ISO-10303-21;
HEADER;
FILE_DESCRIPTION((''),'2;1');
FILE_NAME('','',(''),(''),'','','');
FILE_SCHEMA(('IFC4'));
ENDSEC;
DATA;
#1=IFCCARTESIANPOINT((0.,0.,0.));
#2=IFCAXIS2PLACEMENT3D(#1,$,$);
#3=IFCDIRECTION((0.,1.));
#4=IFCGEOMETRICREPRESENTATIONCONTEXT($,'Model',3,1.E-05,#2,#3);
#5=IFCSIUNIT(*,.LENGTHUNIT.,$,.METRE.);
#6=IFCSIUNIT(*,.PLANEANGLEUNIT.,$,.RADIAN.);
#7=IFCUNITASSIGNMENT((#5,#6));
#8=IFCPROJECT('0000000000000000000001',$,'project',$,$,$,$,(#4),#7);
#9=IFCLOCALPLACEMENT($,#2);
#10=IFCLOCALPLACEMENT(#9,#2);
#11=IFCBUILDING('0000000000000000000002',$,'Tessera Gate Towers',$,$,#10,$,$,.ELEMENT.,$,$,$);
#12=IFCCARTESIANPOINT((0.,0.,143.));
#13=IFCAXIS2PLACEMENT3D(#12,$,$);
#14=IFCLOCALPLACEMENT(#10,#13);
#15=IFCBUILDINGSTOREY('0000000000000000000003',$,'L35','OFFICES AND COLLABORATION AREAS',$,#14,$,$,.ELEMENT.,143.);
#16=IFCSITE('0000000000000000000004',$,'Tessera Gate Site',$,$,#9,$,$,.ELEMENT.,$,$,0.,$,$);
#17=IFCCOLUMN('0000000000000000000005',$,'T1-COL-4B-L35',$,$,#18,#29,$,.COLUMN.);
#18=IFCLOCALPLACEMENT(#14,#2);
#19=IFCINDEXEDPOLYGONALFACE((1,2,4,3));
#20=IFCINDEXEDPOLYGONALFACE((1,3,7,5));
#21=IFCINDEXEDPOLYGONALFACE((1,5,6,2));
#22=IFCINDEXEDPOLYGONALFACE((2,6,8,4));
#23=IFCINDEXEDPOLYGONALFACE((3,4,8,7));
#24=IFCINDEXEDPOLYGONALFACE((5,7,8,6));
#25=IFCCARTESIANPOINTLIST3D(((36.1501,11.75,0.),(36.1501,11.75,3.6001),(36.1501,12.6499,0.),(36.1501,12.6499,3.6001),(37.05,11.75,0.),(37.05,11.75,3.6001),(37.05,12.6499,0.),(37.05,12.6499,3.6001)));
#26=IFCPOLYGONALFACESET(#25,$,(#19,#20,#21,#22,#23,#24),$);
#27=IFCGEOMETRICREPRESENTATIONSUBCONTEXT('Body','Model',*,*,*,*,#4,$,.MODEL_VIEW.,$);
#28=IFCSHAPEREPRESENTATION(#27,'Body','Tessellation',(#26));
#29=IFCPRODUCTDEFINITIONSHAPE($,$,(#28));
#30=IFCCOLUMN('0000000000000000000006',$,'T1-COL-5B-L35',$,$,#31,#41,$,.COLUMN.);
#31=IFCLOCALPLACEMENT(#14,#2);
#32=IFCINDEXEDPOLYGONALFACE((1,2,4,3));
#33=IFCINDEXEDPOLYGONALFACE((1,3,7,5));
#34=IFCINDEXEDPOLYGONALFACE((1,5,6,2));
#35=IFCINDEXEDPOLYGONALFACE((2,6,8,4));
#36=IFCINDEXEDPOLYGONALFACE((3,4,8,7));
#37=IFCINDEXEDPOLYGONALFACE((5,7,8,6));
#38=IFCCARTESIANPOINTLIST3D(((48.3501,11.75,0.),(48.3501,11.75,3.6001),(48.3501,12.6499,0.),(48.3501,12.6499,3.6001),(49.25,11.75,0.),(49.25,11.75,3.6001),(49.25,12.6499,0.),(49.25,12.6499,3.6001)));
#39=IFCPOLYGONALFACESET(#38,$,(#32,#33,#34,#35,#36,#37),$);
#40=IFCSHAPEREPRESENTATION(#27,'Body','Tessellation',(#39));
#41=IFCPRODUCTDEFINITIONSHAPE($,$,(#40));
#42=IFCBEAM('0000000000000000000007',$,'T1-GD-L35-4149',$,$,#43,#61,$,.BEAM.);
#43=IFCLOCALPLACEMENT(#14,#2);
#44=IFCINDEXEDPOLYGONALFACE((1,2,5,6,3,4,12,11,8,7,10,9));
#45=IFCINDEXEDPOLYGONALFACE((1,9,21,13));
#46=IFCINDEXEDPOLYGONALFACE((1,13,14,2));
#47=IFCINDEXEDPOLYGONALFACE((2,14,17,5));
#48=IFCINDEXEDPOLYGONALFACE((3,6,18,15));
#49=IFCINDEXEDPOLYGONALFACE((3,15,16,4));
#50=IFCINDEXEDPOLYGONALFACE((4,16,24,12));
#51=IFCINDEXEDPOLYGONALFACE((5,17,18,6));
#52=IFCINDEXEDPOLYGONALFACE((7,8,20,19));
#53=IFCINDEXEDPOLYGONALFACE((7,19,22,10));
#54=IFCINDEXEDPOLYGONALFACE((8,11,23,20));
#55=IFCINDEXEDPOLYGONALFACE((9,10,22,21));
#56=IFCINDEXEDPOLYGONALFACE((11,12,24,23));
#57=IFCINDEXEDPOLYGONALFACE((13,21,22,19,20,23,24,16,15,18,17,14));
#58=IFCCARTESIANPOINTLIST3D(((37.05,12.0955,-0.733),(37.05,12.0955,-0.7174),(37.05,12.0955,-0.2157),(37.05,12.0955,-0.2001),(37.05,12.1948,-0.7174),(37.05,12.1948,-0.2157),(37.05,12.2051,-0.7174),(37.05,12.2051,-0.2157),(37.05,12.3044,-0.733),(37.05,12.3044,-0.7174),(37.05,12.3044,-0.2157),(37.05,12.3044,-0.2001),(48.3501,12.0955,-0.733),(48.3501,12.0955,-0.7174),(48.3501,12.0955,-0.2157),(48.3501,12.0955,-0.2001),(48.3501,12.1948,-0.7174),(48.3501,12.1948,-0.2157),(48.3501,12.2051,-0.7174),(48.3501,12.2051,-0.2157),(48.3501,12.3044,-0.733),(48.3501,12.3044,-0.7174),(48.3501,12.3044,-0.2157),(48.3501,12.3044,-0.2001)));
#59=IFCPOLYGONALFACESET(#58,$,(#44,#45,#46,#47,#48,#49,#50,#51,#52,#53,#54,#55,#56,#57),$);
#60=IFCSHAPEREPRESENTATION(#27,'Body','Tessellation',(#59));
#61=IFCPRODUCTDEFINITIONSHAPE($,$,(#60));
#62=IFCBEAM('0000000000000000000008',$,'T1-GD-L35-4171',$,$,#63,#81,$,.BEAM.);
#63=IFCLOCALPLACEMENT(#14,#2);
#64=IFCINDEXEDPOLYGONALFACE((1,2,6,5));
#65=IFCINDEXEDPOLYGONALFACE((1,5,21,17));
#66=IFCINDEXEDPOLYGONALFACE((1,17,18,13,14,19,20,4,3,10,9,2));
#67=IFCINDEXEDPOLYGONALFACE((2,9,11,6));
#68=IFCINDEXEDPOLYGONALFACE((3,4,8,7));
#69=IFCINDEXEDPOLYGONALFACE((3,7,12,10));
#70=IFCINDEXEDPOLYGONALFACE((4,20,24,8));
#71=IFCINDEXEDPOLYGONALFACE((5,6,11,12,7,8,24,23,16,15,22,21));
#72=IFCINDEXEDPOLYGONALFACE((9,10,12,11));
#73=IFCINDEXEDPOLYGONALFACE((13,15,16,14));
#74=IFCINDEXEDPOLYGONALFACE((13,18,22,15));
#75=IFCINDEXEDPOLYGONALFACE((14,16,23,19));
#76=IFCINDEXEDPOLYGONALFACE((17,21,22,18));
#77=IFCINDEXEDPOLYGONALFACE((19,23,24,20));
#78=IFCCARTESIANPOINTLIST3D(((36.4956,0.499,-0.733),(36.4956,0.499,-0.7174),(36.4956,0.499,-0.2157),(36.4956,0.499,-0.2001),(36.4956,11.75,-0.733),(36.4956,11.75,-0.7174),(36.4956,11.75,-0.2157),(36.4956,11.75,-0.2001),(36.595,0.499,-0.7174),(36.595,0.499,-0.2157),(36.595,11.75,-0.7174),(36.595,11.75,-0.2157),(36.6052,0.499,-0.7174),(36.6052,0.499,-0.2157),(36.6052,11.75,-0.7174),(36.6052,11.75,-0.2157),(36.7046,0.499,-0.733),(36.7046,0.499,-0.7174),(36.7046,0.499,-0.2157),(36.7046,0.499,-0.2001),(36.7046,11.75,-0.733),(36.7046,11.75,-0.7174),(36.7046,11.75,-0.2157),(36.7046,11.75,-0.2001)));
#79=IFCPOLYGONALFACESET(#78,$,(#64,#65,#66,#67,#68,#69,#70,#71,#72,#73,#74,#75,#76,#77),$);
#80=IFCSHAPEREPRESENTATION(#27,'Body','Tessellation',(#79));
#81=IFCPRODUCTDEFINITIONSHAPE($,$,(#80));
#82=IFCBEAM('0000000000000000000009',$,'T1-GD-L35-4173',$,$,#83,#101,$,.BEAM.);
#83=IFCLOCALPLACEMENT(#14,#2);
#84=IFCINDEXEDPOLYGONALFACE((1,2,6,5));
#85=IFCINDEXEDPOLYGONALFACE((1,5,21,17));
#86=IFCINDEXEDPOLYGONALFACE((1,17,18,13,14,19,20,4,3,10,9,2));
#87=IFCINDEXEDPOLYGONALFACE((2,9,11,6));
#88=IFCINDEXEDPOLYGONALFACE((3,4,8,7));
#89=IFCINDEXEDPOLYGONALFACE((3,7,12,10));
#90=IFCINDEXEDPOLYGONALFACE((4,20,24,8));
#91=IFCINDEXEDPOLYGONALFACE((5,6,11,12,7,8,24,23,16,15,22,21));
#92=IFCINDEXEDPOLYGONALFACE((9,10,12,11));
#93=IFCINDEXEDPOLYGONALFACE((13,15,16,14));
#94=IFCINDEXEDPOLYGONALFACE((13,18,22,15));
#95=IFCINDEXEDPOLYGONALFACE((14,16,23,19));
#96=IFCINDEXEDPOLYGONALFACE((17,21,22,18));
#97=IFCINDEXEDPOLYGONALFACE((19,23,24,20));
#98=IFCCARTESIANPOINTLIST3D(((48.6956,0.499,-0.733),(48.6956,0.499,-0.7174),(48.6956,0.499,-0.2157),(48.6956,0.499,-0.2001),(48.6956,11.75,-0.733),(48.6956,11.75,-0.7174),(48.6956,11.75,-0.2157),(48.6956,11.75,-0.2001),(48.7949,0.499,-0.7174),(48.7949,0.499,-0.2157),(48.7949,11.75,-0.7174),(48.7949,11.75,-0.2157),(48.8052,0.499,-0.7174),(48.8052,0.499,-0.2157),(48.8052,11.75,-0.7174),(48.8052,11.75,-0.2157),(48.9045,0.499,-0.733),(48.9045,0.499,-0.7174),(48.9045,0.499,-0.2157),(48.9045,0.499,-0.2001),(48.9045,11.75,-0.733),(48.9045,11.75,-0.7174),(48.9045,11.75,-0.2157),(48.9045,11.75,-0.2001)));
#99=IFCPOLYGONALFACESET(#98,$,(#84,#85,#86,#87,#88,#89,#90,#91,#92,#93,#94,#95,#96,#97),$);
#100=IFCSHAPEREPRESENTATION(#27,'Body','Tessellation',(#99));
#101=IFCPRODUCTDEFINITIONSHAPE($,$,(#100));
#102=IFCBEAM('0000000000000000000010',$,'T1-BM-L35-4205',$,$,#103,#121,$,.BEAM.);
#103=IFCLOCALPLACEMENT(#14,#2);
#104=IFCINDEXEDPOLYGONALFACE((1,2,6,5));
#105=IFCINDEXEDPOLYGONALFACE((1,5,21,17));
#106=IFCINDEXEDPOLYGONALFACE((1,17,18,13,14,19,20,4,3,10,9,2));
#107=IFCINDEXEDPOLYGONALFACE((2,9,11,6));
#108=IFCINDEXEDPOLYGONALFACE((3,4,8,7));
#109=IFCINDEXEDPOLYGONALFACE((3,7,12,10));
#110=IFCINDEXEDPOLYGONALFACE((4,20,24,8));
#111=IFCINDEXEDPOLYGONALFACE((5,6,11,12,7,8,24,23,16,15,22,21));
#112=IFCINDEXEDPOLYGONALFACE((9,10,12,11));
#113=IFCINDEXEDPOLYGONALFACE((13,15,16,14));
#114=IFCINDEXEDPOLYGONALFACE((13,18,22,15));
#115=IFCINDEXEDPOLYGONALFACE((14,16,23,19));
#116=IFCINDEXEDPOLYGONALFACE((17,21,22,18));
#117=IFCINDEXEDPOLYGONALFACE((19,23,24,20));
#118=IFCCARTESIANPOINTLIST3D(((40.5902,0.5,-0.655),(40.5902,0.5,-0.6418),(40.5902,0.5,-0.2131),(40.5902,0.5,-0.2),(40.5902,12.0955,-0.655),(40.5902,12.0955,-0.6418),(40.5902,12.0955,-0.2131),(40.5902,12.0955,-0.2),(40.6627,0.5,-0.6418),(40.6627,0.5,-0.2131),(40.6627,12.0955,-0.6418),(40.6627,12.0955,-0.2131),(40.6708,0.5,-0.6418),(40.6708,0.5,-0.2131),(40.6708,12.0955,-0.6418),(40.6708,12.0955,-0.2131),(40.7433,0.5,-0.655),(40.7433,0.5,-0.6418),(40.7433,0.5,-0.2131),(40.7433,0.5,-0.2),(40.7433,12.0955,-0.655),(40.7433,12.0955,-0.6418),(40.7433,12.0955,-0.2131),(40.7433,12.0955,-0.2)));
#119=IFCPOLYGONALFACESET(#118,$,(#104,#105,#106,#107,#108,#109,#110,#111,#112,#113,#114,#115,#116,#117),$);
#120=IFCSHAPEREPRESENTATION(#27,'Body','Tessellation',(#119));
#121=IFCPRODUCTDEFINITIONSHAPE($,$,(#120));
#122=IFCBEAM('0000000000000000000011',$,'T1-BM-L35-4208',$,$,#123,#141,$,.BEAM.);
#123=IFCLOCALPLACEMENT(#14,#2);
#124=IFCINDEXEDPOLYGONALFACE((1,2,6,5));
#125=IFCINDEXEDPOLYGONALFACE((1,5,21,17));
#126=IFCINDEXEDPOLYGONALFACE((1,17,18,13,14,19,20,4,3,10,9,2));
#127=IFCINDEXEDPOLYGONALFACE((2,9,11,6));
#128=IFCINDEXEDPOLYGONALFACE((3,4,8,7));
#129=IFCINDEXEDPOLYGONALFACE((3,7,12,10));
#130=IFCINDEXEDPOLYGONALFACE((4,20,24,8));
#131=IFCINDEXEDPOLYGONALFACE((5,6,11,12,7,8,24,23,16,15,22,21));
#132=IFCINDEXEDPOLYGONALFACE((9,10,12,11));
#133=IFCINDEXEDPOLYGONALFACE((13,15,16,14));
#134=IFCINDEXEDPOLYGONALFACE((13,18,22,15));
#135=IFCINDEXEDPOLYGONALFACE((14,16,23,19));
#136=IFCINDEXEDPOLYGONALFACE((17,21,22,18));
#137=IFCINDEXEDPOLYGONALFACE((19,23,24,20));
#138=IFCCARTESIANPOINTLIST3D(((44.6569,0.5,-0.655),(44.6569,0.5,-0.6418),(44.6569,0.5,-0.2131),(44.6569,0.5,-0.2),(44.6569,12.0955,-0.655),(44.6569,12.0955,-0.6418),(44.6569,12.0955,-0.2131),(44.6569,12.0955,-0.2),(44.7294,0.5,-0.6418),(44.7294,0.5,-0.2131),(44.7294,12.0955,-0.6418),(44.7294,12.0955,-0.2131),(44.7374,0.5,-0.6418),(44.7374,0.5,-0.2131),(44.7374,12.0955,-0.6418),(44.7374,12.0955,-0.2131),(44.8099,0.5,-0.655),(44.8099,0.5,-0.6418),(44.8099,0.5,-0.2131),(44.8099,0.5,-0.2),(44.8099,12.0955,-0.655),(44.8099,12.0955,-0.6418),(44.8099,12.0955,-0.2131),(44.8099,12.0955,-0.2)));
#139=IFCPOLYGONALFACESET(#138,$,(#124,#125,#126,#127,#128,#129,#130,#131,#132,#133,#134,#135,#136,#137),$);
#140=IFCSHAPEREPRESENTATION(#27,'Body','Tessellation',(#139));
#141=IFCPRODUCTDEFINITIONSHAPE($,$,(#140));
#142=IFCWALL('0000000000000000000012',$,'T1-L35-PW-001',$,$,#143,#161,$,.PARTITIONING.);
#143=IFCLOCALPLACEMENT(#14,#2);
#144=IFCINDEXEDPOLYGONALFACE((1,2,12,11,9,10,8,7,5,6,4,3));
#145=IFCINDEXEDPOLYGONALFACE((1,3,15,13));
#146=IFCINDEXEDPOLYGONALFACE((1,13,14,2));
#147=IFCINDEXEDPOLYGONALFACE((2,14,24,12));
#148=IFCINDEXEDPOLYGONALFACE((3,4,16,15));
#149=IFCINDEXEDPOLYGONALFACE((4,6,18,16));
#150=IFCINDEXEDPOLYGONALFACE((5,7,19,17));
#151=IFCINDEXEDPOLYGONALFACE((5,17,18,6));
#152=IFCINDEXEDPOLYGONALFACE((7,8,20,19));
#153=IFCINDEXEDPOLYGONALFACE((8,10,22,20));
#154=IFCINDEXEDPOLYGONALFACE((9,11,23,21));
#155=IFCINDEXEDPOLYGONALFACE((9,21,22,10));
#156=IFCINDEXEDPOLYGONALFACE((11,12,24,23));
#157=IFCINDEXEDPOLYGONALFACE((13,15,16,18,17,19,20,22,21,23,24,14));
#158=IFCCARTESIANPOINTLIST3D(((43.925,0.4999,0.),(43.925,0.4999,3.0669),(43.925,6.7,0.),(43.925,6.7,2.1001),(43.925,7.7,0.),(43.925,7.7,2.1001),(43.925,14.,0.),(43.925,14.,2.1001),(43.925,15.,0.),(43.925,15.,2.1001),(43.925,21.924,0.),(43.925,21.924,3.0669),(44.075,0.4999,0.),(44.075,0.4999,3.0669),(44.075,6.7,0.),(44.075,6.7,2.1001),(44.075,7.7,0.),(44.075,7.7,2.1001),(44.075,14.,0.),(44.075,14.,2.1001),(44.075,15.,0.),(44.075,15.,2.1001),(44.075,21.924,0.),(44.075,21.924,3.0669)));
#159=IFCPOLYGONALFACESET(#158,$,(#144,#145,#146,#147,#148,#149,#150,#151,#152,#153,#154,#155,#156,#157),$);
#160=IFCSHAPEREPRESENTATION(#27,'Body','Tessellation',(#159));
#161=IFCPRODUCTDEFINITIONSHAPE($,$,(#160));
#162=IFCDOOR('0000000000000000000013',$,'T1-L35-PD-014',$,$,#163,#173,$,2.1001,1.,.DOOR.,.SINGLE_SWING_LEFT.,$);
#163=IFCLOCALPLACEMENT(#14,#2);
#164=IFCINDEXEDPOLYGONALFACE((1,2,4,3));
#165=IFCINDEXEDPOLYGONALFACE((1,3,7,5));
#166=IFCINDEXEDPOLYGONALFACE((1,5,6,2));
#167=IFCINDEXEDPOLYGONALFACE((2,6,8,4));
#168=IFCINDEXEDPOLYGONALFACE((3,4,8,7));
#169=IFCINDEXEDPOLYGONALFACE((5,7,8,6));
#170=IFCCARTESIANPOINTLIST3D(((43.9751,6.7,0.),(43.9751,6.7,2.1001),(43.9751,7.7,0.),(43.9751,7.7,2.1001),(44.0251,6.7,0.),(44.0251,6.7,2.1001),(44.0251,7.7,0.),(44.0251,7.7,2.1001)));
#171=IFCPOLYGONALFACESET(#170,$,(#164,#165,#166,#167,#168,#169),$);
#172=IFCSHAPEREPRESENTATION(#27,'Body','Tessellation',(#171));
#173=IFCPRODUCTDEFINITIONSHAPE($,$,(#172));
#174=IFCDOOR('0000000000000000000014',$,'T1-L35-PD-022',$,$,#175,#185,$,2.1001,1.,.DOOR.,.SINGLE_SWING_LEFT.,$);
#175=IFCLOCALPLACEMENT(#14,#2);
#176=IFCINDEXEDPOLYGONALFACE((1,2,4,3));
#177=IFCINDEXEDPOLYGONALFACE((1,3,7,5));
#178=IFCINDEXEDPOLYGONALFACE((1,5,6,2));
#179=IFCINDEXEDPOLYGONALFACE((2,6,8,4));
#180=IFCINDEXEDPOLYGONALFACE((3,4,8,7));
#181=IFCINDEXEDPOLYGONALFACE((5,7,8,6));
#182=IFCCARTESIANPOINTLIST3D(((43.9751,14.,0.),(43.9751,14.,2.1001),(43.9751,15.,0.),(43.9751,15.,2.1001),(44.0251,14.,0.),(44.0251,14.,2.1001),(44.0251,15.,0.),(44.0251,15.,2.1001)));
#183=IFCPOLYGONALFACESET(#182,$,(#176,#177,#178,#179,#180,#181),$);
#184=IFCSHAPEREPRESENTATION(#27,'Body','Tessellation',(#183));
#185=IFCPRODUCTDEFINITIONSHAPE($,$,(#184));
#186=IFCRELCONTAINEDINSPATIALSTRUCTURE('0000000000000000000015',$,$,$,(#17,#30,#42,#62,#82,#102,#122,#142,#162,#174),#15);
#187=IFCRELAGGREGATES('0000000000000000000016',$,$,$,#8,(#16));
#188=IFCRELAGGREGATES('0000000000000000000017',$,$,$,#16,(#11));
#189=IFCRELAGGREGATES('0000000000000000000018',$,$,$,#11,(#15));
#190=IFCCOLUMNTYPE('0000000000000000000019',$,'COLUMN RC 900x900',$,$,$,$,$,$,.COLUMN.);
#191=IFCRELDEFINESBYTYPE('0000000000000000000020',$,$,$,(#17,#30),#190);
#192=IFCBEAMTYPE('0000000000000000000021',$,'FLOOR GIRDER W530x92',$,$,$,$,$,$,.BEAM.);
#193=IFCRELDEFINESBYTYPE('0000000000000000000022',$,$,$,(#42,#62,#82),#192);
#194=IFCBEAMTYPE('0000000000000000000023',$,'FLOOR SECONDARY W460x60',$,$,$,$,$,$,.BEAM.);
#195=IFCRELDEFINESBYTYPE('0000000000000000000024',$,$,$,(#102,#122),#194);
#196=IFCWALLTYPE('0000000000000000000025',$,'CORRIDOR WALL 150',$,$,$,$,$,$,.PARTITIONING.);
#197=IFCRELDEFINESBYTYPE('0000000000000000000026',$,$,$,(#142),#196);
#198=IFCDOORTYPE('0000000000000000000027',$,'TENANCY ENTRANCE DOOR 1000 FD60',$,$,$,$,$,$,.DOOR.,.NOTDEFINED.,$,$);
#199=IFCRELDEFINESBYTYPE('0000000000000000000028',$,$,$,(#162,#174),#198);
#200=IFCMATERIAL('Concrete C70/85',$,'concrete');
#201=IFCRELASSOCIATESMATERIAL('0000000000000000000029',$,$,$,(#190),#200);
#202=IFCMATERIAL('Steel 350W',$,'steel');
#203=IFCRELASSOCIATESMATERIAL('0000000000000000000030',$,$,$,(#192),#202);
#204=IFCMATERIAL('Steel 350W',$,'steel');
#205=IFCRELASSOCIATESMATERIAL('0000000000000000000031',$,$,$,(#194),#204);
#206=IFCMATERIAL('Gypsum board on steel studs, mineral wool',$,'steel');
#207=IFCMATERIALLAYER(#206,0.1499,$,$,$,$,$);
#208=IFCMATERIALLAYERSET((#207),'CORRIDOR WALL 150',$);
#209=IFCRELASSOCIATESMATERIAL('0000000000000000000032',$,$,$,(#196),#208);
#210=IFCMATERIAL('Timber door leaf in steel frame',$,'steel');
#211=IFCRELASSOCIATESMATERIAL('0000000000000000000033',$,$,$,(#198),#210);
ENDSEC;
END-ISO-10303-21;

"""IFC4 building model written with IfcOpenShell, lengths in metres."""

from ifc_helpers import new_model, si_unit, direction, frame, frame_2d, origin, origin_2d, place, context, subcontext, project, spatial, rectangle, i_section, extrude, source, transform, mapped, material, layer, layer_set, material_profile, profile_set, type_object, element, fill, save


model = new_model("IFC4")

# Units and contexts
model_context = context("Model", 3, precision=1e-05, world=origin(), true_north=direction((0.0, 1.0)))
body_context = subcontext(model_context, "Body", "Model", "MODEL_VIEW")
ifc_project = project(units=[si_unit("LENGTHUNIT", "METRE"), si_unit("PLANEANGLEUNIT", "RADIAN")], contexts=[model_context])

# Site, building, storey
site_placement = place(None, origin())
site = spatial("IfcSite", under=ifc_project, at=site_placement, Name="Tessera Gate Site", CompositionType="ELEMENT", RefElevation=0.0)
building_placement = place(site_placement, origin())
building = spatial("IfcBuilding", under=site, at=building_placement, Name="Tessera Gate Towers", CompositionType="ELEMENT")
storey_placement = place(building_placement, frame((0.0, 0.0, 143.0)))
storey = spatial("IfcBuildingStorey", under=building, at=storey_placement, Name="L35", Description="OFFICES AND COLLABORATION AREAS", CompositionType="ELEMENT", Elevation=143.0)

# Columns
ifc_material_1 = material(Name="Concrete C70/85", Category="concrete")
ifc_material_profile_1 = material_profile(ifc_material_1, rectangle(XDim=0.8999, YDim=0.8999, at=origin_2d()), Name="RC 900x900")
ifc_profile_set_1 = profile_set([ifc_material_profile_1], Name="Concrete C70/85")
column_type = type_object("IfcColumnType", Name="COLUMN RC 900x900", PredefinedType="COLUMN", material=ifc_profile_set_1)
for number, where, z_axis, x_axis, name in (
    (1, (36.6001, 12.2, 0.0), (0.0, 0.0, 1.0), (1.0, 0.0, 0.0), "T1-COL-4B-L35"),
    (2, (48.8, 12.2, 0.0), (0.0, 0.0, 1.0), (1.0, 0.0, 0.0), "T1-COL-5B-L35"),
):
    element("IfcColumn", number, at=place(storey_placement, frame(where, z_axis=z_axis, x_axis=x_axis)), inside=storey, type_object=column_type, Name=name, PredefinedType="COLUMN", context=body_context, shape_type="SweptSolid", body=[
        extrude(rectangle(XDim=0.8999, YDim=0.8999, at=origin_2d()), origin(), (0.0, 0.0, 1.0), 3.6001),
    ])

# Beams
ifc_material_2 = material(Name="Steel 350W", Category="steel")
ifc_material_profile_2 = material_profile(ifc_material_2, i_section(OverallWidth=0.209, OverallDepth=0.533, WebThickness=0.0103, FlangeThickness=0.0156, at=origin_2d()), Name="W530x92")
ifc_profile_set_2 = profile_set([ifc_material_profile_2], Name="Steel 350W")
beam_type_1 = type_object("IfcBeamType", Name="FLOOR GIRDER W530x92", PredefinedType="BEAM", material=ifc_profile_set_2)
beam_placement = place(storey_placement, frame((37.05, 12.2, -0.4666), z_axis=(1.0, 0.0, 0.0), x_axis=(0.0, 1.0, 0.0)))
element("IfcBeam", 3, at=beam_placement, inside=storey, type_object=beam_type_1, Name="T1-GD-L35-4149", PredefinedType="BEAM", context=body_context, shape_type="SweptSolid", body=[
    extrude(i_section(OverallWidth=0.209, OverallDepth=0.533, WebThickness=0.0103, FlangeThickness=0.0156, at=origin_2d()), origin(), (0.0, 0.0, 1.0), 11.3),
])
for number, where, z_axis, x_axis, name in (
    (4, (36.6001, 0.499, -0.4666), (0.0, 1.0, 0.0), (-1.0, 0.0, 0.0), "T1-GD-L35-4171"),
    (5, (48.8, 0.499, -0.4666), (0.0, 1.0, 0.0), (-1.0, 0.0, 0.0), "T1-GD-L35-4173"),
):
    element("IfcBeam", number, at=place(storey_placement, frame(where, z_axis=z_axis, x_axis=x_axis)), inside=storey, type_object=beam_type_1, Name=name, PredefinedType="BEAM", context=body_context, shape_type="SweptSolid", body=[
        extrude(i_section(OverallWidth=0.209, OverallDepth=0.533, WebThickness=0.0103, FlangeThickness=0.0156, at=origin_2d()), origin(), (0.0, 0.0, 1.0), 11.251),
    ])
ifc_material_3 = material(Name="Steel 350W", Category="steel")
ifc_material_profile_3 = material_profile(ifc_material_3, i_section(OverallWidth=0.1531, OverallDepth=0.4551, WebThickness=0.0081, FlangeThickness=0.0132, at=origin_2d()), Name="W460x60")
ifc_profile_set_3 = profile_set([ifc_material_profile_3], Name="Steel 350W")
beam_type_2 = type_object("IfcBeamType", Name="FLOOR SECONDARY W460x60", PredefinedType="BEAM", material=ifc_profile_set_3)
for number, where, z_axis, x_axis, name in (
    (6, (40.6667, 0.5, -0.4275), (0.0, 1.0, 0.0), (-1.0, 0.0, 0.0), "T1-BM-L35-4205"),
    (7, (44.7334, 0.5, -0.4275), (0.0, 1.0, 0.0), (-1.0, 0.0, 0.0), "T1-BM-L35-4208"),
):
    element("IfcBeam", number, at=place(storey_placement, frame(where, z_axis=z_axis, x_axis=x_axis)), inside=storey, type_object=beam_type_2, Name=name, PredefinedType="BEAM", context=body_context, shape_type="SweptSolid", body=[
        extrude(i_section(OverallWidth=0.1531, OverallDepth=0.4551, WebThickness=0.0081, FlangeThickness=0.0132, at=origin_2d()), origin(), (0.0, 0.0, 1.0), 11.5955),
    ])

# Wall, openings, doors
ifc_material_4 = material(Name="Gypsum board on steel studs, mineral wool", Category="steel")
ifc_layer_1 = layer(ifc_material_4, 0.1499)
ifc_layer_set_1 = layer_set([ifc_layer_1], Name="CORRIDOR WALL 150")
wall_type_1 = type_object("IfcWallType", Name="CORRIDOR WALL 150", PredefinedType="PARTITIONING", material=ifc_layer_set_1)
wall_1_placement = place(storey_placement, frame((44.0, 0.5, 0.0), z_axis=(0.0, 0.0, 1.0), x_axis=(0.0, 1.0, 0.0)))
wall_1 = element("IfcWall", 8, at=wall_1_placement, inside=storey, type_object=wall_type_1, Name="T1-L35-PW-001", PredefinedType="PARTITIONING", context=body_context, shape_type="SweptSolid", body=[
    extrude(rectangle(XDim=21.4241, YDim=0.1499, at=frame_2d((10.7119, 0.0))), origin(), (0.0, 0.0, 1.0), 3.0669),
])
shared_shape_1 = source(origin(), body_context, "Body", "SweptSolid", [
    extrude(rectangle(XDim=1.0, YDim=2.1001, at=frame_2d((0.5, 1.05))), frame((0.0, 0.085, 0.0), z_axis=(0.0, -1.0, 0.0), x_axis=(1.0, 0.0, 0.0)), (0.0, 0.0, 1.0), 0.1699),
])
opening_1_placement = place(wall_1_placement, frame((6.2, 0.0, 0.0)))
opening_1 = element("IfcOpeningElement", 9, at=opening_1_placement, cuts=wall_1, PredefinedType="OPENING", context=body_context, shape_type="MappedRepresentation", body=[
    mapped(shared_shape_1, transform((0.0, 0.0, 0.0), scale=1.0)),
])
opening_2_placement = place(wall_1_placement, frame((13.5, 0.0, 0.0)))
opening_2 = element("IfcOpeningElement", 10, at=opening_2_placement, cuts=wall_1, PredefinedType="OPENING", context=body_context, shape_type="MappedRepresentation", body=[
    mapped(shared_shape_1, transform((0.0, 0.0, 0.0), scale=1.0)),
])
ifc_material_5 = material(Name="Timber door leaf in steel frame", Category="steel")
door_type_1 = type_object("IfcDoorType", Name="TENANCY ENTRANCE DOOR 1000 FD60", OperationType="NOTDEFINED", PredefinedType="DOOR", material=ifc_material_5)
shared_shape_2 = source(origin(), body_context, "Body", "SweptSolid", [
    extrude(rectangle(XDim=1.0, YDim=2.1001, at=frame_2d((0.5, 1.05))), frame((0.0, 0.0249, 0.0), z_axis=(0.0, -1.0, 0.0), x_axis=(1.0, 0.0, 0.0)), (0.0, 0.0, 1.0), 0.05),
])
door_1_placement = place(opening_1_placement, origin())
door_1 = element("IfcDoor", 11, at=door_1_placement, inside=storey, type_object=door_type_1, Name="T1-L35-PD-014", OperationType="SINGLE_SWING_LEFT", OverallHeight=2.1001, OverallWidth=1.0, PredefinedType="DOOR", context=body_context, shape_type="MappedRepresentation", body=[
    mapped(shared_shape_2, transform((0.0, 0.0, 0.0), scale=1.0)),
])
fill(opening_1, door_1)
door_2_placement = place(opening_2_placement, origin())
door_2 = element("IfcDoor", 12, at=door_2_placement, inside=storey, type_object=door_type_1, Name="T1-L35-PD-022", OperationType="SINGLE_SWING_LEFT", OverallHeight=2.1001, OverallWidth=1.0, PredefinedType="DOOR", context=body_context, shape_type="MappedRepresentation", body=[
    mapped(shared_shape_2, transform((0.0, 0.0, 0.0), scale=1.0)),
])
fill(opening_2, door_2)

save(model, "model.ifc")
